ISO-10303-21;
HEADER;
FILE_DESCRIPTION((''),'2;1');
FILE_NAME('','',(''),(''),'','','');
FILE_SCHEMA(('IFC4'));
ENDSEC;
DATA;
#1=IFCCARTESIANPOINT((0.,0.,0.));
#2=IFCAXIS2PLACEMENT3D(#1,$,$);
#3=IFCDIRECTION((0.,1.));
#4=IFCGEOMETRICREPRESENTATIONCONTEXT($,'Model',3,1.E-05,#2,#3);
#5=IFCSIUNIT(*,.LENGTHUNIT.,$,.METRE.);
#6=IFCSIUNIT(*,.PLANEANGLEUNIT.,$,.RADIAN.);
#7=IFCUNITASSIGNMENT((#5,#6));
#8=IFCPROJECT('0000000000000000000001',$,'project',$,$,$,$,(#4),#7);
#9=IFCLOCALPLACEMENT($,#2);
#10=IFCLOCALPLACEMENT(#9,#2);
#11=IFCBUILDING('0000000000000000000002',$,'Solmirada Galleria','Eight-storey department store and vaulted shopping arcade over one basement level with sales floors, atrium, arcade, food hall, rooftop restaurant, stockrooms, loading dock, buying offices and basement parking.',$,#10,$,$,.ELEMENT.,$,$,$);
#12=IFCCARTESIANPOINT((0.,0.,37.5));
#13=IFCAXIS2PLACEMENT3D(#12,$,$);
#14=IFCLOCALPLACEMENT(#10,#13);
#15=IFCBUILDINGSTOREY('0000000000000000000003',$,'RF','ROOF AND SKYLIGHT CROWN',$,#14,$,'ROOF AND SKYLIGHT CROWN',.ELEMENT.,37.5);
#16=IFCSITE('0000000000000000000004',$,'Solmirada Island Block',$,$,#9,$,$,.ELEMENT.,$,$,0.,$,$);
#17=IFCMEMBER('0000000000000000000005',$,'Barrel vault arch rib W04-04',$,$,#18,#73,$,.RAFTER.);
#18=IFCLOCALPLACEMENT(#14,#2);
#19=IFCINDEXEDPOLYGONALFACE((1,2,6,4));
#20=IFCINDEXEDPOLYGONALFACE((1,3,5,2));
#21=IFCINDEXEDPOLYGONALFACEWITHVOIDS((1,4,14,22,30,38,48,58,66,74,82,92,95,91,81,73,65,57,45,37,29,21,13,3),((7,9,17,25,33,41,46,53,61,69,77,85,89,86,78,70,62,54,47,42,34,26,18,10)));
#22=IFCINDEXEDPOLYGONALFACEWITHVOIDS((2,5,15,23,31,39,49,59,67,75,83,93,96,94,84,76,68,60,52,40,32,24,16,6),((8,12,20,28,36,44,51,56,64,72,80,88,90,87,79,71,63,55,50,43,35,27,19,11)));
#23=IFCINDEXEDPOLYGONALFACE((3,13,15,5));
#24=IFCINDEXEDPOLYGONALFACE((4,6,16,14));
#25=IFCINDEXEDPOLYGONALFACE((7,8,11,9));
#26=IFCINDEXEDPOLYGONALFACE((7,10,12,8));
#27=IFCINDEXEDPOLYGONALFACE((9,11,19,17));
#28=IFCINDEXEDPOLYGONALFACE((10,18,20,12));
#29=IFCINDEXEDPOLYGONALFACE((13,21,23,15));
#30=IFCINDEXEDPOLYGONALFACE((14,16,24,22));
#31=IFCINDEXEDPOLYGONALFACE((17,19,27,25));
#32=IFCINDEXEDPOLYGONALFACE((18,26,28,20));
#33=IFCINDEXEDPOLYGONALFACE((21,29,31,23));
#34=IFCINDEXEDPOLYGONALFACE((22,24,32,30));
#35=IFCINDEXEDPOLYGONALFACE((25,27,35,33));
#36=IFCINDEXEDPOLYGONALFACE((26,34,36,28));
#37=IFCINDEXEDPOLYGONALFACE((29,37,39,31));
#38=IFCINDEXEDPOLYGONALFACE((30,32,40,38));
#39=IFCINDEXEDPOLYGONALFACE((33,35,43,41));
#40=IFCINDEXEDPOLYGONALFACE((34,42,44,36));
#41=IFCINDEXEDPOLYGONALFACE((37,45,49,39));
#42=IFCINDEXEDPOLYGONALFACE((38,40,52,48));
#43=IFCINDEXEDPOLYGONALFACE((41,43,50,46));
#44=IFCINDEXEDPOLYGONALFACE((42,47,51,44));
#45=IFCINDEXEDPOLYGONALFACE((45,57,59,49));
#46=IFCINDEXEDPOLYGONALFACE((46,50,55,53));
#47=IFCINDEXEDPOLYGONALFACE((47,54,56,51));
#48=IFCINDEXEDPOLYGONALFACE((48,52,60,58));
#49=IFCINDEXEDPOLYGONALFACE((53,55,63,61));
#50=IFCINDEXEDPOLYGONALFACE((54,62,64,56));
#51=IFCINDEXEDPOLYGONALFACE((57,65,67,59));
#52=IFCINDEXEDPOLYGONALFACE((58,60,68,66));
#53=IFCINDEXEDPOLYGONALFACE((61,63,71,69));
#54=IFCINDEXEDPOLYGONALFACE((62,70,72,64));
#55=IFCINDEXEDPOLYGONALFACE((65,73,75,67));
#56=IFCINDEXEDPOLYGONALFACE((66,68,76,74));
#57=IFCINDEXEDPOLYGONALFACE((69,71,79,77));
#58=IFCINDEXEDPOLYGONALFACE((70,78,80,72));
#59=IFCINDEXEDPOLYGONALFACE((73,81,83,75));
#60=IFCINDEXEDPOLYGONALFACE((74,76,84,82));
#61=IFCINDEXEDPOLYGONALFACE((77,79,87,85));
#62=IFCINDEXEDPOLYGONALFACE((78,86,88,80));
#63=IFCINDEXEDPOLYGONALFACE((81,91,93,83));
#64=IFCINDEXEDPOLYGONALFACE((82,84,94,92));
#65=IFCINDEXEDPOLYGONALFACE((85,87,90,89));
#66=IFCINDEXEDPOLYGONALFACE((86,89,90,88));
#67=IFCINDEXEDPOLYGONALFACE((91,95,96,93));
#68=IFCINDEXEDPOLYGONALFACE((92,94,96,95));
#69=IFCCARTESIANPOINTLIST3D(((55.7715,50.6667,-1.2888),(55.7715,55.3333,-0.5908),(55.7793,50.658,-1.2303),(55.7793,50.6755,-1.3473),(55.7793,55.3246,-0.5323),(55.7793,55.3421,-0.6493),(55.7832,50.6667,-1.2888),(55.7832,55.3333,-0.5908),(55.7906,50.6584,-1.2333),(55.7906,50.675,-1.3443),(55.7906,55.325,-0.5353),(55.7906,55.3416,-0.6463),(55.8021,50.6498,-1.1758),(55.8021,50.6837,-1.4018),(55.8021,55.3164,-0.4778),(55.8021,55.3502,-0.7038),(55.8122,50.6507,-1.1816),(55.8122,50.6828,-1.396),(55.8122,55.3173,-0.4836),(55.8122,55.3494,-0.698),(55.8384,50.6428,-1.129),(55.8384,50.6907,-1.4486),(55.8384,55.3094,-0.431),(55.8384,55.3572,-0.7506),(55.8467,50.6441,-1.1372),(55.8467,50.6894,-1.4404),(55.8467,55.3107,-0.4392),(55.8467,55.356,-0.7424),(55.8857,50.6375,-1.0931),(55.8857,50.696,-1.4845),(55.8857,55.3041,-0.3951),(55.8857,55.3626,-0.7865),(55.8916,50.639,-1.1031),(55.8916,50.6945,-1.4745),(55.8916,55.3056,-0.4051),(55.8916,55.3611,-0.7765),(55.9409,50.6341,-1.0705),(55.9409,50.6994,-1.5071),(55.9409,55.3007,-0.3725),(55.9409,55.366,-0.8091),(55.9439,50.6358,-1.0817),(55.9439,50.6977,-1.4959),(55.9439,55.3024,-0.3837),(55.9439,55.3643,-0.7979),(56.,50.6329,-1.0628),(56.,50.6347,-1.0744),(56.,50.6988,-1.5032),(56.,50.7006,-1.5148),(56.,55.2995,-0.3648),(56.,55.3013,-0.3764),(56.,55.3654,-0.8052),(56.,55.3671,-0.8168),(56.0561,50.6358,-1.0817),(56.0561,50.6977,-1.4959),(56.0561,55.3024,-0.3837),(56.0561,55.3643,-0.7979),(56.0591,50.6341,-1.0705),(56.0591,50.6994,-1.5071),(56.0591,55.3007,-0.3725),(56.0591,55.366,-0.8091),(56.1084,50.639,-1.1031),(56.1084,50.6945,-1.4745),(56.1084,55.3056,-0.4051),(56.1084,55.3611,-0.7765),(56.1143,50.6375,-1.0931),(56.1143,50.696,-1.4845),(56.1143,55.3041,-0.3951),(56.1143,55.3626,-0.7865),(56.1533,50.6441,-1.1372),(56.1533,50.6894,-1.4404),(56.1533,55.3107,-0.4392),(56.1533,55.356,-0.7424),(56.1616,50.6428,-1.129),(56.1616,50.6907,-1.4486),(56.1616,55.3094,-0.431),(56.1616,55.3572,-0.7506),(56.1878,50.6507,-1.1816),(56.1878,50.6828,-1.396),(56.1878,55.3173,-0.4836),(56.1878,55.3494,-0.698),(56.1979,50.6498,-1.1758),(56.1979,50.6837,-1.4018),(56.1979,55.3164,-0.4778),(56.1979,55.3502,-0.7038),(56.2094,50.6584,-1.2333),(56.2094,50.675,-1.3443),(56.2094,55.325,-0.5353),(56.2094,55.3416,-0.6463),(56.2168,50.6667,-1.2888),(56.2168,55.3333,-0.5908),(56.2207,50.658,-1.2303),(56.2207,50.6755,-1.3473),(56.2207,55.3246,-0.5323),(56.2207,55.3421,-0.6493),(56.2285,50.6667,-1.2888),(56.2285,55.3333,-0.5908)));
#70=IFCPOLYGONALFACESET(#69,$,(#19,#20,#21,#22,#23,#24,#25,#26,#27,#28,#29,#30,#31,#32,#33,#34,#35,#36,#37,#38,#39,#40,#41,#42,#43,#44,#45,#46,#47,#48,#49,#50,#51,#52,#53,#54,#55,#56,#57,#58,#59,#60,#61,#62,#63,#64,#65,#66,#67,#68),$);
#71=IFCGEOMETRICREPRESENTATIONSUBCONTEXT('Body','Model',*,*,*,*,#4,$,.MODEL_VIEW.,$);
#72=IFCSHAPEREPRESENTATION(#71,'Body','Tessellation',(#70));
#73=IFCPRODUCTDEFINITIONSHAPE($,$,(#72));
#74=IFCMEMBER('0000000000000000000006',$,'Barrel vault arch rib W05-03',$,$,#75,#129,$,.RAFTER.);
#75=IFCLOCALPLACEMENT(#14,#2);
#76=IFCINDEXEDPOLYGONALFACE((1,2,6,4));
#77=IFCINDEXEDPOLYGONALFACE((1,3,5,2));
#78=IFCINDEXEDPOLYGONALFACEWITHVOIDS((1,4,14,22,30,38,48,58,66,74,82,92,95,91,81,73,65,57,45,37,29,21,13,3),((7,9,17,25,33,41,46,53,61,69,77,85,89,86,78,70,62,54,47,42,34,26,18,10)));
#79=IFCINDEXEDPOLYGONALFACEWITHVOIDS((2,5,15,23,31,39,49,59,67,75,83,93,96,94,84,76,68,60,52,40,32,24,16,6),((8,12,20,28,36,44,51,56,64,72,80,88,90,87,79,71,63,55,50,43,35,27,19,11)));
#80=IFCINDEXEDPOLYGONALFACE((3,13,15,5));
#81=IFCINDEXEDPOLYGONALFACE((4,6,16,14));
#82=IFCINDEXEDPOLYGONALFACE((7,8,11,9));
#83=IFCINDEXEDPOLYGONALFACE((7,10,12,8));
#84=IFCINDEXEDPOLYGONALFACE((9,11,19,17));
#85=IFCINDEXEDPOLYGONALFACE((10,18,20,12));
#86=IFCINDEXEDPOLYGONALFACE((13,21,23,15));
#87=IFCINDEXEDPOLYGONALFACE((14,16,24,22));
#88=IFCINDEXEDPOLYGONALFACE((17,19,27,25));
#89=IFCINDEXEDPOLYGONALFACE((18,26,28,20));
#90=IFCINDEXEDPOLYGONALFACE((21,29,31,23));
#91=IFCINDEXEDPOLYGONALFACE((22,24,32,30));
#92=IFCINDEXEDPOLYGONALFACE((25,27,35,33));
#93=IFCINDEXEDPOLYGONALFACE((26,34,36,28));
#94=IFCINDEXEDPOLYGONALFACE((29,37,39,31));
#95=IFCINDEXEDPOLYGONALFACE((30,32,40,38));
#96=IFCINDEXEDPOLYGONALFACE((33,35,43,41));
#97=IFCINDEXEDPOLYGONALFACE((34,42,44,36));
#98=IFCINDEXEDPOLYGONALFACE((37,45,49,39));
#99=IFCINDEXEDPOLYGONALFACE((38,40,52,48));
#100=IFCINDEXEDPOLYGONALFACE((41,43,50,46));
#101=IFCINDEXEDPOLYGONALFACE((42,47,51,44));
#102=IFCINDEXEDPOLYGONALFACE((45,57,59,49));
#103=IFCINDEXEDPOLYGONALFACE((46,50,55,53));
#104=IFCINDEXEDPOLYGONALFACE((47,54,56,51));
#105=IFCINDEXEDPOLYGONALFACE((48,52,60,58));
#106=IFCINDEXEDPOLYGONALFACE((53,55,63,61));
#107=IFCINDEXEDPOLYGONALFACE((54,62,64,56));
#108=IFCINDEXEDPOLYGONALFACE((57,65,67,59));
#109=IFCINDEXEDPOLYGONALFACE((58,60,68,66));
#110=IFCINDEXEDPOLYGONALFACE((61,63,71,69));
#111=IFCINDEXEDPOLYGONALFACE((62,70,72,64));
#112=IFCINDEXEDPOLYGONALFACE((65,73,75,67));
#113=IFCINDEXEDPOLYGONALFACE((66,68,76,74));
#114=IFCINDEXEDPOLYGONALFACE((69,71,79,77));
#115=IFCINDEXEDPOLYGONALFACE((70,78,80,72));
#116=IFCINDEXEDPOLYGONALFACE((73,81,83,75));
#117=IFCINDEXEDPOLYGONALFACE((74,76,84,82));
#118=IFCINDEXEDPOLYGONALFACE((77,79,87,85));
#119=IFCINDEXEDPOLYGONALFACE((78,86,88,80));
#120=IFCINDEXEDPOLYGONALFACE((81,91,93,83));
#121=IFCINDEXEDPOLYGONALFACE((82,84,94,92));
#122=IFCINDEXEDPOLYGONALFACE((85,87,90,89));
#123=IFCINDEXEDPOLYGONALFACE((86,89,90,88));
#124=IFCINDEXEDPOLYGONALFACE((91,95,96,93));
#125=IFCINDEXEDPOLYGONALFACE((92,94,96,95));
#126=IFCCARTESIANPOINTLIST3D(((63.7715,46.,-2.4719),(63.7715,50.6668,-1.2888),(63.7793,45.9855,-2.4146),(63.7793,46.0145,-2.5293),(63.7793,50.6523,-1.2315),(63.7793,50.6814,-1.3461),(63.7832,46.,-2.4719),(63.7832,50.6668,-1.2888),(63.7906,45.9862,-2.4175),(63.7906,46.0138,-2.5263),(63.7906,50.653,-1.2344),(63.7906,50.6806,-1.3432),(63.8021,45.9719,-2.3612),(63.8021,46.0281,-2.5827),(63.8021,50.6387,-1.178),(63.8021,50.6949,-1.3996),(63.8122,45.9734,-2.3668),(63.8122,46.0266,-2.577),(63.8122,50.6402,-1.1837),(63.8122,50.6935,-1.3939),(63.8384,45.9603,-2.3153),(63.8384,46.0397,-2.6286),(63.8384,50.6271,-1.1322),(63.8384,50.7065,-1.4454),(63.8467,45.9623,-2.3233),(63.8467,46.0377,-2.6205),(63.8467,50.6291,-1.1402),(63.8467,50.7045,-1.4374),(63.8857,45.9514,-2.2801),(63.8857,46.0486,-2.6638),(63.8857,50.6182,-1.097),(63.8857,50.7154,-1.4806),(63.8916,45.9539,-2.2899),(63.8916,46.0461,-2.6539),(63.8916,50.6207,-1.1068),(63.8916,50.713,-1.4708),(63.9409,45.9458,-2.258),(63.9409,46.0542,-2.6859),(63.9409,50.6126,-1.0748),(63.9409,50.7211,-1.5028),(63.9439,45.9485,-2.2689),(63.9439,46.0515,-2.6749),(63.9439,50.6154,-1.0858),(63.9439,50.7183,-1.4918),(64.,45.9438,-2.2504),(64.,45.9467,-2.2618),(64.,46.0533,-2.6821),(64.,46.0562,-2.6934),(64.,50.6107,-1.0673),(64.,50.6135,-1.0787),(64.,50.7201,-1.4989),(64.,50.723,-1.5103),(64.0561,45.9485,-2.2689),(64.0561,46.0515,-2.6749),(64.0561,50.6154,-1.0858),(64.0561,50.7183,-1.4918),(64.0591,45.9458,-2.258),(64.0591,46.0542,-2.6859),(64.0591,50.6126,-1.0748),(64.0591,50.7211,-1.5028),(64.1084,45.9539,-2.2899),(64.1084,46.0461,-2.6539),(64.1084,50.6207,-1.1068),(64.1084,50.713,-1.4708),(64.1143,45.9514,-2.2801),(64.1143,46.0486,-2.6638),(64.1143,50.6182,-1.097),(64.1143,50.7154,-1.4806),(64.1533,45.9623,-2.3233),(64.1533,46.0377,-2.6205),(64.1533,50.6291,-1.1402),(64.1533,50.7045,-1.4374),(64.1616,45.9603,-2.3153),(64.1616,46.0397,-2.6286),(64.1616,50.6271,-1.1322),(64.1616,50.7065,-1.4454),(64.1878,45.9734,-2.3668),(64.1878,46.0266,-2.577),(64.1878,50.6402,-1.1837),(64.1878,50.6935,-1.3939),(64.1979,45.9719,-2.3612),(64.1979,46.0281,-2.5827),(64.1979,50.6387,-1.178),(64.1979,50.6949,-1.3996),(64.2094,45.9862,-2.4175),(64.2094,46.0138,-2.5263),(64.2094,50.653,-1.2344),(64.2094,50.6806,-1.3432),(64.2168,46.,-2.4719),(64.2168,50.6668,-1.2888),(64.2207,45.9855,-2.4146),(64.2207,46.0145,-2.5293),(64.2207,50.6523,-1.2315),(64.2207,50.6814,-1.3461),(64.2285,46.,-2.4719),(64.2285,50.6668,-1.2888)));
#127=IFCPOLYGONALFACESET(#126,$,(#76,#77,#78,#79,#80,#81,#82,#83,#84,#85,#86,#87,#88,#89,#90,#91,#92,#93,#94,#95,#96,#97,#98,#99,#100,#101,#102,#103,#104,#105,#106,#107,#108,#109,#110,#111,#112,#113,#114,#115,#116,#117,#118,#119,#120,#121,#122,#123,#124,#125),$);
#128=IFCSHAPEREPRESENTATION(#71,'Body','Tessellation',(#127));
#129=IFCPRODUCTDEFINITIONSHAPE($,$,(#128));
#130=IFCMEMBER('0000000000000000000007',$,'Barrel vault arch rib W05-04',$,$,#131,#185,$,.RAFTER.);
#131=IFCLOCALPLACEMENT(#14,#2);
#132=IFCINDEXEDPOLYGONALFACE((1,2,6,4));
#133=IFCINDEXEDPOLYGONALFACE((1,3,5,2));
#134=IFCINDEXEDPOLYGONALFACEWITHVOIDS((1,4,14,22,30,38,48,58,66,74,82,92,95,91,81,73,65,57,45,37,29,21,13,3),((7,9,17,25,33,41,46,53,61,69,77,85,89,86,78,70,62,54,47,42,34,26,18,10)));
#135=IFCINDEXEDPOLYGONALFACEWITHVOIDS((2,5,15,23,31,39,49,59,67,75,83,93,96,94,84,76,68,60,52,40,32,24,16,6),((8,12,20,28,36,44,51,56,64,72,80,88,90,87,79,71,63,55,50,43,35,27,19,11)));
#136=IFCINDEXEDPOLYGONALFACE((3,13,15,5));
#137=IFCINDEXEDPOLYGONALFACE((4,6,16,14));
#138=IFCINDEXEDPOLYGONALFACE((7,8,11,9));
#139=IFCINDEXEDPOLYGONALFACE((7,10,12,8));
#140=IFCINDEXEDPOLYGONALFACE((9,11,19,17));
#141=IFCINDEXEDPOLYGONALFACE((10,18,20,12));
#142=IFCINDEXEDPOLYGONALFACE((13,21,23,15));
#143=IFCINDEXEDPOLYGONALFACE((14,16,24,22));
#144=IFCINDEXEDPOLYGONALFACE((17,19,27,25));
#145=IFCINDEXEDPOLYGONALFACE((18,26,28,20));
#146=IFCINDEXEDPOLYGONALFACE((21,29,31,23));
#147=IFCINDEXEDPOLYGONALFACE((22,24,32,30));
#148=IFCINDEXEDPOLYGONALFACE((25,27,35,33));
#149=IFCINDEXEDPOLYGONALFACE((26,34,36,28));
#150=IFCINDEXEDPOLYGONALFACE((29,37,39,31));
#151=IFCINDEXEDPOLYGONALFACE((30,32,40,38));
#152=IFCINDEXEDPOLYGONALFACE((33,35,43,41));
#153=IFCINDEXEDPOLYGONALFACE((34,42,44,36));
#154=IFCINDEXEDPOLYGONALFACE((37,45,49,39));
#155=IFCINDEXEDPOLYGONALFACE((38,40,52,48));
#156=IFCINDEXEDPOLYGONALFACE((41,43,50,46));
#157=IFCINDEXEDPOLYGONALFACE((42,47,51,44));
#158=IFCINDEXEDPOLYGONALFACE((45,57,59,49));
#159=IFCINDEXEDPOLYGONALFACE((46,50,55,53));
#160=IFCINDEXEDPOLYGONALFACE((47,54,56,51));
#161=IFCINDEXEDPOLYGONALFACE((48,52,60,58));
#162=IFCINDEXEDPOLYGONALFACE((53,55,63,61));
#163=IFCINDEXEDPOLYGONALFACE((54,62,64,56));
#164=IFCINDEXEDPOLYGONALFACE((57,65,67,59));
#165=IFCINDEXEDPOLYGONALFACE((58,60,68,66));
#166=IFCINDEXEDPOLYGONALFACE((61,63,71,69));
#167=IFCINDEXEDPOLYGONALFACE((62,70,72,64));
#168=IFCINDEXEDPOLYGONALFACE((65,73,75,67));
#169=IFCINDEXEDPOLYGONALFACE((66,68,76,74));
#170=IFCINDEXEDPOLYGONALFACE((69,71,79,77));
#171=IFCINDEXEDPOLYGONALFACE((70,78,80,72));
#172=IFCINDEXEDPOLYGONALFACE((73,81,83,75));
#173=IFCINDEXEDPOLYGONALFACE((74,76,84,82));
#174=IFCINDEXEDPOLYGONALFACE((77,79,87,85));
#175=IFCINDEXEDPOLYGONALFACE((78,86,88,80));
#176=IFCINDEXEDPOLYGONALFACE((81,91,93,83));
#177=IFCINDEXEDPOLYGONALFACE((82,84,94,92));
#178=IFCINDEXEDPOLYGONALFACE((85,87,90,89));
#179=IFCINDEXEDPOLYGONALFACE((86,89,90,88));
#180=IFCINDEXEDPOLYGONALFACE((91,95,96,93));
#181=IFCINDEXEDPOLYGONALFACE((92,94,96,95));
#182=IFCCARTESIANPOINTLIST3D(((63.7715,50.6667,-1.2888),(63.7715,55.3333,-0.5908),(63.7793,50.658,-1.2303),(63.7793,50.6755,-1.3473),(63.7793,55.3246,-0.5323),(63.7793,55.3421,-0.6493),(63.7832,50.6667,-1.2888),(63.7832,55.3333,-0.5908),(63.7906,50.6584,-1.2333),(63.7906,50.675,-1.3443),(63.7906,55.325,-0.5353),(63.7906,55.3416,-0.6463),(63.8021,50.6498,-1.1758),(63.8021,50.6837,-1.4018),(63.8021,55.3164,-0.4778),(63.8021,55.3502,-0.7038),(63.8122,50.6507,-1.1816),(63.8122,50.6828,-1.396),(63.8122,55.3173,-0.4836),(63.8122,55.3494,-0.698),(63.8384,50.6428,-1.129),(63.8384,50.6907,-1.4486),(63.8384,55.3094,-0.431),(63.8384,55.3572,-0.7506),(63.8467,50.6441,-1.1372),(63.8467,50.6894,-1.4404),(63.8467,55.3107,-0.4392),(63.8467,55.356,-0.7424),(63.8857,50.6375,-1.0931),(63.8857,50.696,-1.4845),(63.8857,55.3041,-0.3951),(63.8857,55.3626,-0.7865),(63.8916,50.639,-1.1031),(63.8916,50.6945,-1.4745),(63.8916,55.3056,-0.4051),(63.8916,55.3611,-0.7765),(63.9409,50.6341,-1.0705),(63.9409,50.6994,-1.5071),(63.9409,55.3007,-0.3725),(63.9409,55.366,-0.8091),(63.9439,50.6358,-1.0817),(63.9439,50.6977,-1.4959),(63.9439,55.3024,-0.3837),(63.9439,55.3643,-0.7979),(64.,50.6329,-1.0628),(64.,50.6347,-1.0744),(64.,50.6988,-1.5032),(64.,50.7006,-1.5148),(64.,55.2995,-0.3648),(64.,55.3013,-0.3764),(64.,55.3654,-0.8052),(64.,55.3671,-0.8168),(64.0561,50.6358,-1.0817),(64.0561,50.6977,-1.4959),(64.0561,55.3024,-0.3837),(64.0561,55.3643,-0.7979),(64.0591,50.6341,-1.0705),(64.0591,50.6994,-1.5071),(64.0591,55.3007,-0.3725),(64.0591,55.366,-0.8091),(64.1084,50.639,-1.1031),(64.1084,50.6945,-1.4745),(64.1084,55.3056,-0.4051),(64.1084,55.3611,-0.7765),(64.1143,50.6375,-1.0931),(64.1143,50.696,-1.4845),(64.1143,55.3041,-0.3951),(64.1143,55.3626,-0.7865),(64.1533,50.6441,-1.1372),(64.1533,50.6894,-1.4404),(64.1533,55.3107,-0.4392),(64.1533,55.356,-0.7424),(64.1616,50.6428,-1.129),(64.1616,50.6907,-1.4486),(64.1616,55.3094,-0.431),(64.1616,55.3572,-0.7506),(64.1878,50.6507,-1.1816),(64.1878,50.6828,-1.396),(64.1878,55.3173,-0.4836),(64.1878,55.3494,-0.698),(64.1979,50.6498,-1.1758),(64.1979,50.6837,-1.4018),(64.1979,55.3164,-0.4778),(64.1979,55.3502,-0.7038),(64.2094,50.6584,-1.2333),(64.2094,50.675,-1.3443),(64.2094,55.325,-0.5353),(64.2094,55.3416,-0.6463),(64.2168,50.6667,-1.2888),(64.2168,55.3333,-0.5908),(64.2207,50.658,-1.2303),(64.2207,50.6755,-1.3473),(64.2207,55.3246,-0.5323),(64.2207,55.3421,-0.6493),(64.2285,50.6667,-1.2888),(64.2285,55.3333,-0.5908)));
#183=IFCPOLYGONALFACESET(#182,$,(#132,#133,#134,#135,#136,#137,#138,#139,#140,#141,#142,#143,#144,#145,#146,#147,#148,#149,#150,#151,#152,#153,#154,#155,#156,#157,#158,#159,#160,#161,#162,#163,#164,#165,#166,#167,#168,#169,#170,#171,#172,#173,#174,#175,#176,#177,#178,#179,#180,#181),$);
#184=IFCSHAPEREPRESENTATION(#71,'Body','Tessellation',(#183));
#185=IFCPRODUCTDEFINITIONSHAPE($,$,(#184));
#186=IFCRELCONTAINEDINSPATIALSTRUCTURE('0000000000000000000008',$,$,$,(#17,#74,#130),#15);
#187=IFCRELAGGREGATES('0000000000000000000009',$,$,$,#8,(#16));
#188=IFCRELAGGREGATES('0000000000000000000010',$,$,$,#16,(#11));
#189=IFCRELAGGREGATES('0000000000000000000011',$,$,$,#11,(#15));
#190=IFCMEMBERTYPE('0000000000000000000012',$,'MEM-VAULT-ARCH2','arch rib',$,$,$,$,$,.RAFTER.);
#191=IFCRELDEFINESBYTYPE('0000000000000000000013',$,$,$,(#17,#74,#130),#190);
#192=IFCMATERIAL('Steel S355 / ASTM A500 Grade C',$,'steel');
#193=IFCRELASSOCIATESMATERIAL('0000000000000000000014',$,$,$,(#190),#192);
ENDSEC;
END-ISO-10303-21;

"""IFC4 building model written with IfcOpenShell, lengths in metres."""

from ifc_helpers import new_model, si_unit, direction, frame, origin, origin_2d, place, context, subcontext, project, spatial, hollow_circle, extrude, material, material_profile, profile_set, type_object, element, save


model = new_model("IFC4")

# Units and contexts
model_context = context("Model", 3, precision=1e-05, world=origin(), true_north=direction((0.0, 1.0)))
body_context = subcontext(model_context, "Body", "Model", "MODEL_VIEW")
ifc_project = project(units=[si_unit("LENGTHUNIT", "METRE"), si_unit("PLANEANGLEUNIT", "RADIAN")], contexts=[model_context])

# Site, building, storey
site_placement = place(None, origin())
site = spatial("IfcSite", under=ifc_project, at=site_placement, Name="Solmirada Island Block", CompositionType="ELEMENT", RefElevation=0.0)
building_placement = place(site_placement, origin())
building = spatial("IfcBuilding", under=site, at=building_placement, Name="Solmirada Galleria", Description="Eight-storey department store and vaulted shopping arcade over one basement level with sales floors, atrium, arcade, food hall, rooftop restaurant, stockrooms, loading dock, buying offices and basement parking.", CompositionType="ELEMENT")
storey_placement = place(building_placement, frame((0.0, 0.0, 37.5)))
storey = spatial("IfcBuildingStorey", under=building, at=storey_placement, Name="RF", Description="ROOF AND SKYLIGHT CROWN", LongName="ROOF AND SKYLIGHT CROWN", CompositionType="ELEMENT", Elevation=37.5)

# Members
ifc_material_1 = material(Name="Steel S355 / ASTM A500 Grade C", Category="steel")
ifc_material_profile_1 = material_profile(ifc_material_1, hollow_circle(Radius=0.2285, WallThickness=0.0117, at=origin_2d()), Name="HSS18.000X0.500")
ifc_profile_set_1 = profile_set([ifc_material_profile_1], Name="Steel S355 / ASTM A500 Grade C")
member_type_1 = type_object("IfcMemberType", Name="MEM-VAULT-ARCH2", Description="arch rib", PredefinedType="RAFTER", material=ifc_profile_set_1)
member_1_placement = place(storey_placement, frame((56.0, 50.6667, -1.2888), z_axis=(0.0, 0.988998, 0.147931), x_axis=(-1.0, 0.0, 0.0)))
element("IfcMember", 1, at=member_1_placement, inside=storey, type_object=member_type_1, Name="Barrel vault arch rib W04-04", PredefinedType="RAFTER", context=body_context, shape_type="SweptSolid", body=[
    extrude(hollow_circle(Radius=0.2285, WallThickness=0.0117, at=origin_2d()), origin(), (0.0, 0.0, 1.0), 4.7185),
])
member_2_placement = place(storey_placement, frame((64.0, 46.0, -2.4719), z_axis=(0.0, 0.969335, 0.245744), x_axis=(-1.0, 0.0, 0.0)))
element("IfcMember", 2, at=member_2_placement, inside=storey, type_object=member_type_1, Name="Barrel vault arch rib W05-03", PredefinedType="RAFTER", context=body_context, shape_type="SweptSolid", body=[
    extrude(hollow_circle(Radius=0.2285, WallThickness=0.0117, at=origin_2d()), origin(), (0.0, 0.0, 1.0), 4.8145),
])
member_3_placement = place(storey_placement, frame((64.0, 50.6667, -1.2888), z_axis=(0.0, 0.988998, 0.147931), x_axis=(-1.0, 0.0, 0.0)))
element("IfcMember", 3, at=member_3_placement, inside=storey, type_object=member_type_1, Name="Barrel vault arch rib W05-04", PredefinedType="RAFTER", context=body_context, shape_type="SweptSolid", body=[
    extrude(hollow_circle(Radius=0.2285, WallThickness=0.0117, at=origin_2d()), origin(), (0.0, 0.0, 1.0), 4.7185),
])

save(model, "model.ifc")
